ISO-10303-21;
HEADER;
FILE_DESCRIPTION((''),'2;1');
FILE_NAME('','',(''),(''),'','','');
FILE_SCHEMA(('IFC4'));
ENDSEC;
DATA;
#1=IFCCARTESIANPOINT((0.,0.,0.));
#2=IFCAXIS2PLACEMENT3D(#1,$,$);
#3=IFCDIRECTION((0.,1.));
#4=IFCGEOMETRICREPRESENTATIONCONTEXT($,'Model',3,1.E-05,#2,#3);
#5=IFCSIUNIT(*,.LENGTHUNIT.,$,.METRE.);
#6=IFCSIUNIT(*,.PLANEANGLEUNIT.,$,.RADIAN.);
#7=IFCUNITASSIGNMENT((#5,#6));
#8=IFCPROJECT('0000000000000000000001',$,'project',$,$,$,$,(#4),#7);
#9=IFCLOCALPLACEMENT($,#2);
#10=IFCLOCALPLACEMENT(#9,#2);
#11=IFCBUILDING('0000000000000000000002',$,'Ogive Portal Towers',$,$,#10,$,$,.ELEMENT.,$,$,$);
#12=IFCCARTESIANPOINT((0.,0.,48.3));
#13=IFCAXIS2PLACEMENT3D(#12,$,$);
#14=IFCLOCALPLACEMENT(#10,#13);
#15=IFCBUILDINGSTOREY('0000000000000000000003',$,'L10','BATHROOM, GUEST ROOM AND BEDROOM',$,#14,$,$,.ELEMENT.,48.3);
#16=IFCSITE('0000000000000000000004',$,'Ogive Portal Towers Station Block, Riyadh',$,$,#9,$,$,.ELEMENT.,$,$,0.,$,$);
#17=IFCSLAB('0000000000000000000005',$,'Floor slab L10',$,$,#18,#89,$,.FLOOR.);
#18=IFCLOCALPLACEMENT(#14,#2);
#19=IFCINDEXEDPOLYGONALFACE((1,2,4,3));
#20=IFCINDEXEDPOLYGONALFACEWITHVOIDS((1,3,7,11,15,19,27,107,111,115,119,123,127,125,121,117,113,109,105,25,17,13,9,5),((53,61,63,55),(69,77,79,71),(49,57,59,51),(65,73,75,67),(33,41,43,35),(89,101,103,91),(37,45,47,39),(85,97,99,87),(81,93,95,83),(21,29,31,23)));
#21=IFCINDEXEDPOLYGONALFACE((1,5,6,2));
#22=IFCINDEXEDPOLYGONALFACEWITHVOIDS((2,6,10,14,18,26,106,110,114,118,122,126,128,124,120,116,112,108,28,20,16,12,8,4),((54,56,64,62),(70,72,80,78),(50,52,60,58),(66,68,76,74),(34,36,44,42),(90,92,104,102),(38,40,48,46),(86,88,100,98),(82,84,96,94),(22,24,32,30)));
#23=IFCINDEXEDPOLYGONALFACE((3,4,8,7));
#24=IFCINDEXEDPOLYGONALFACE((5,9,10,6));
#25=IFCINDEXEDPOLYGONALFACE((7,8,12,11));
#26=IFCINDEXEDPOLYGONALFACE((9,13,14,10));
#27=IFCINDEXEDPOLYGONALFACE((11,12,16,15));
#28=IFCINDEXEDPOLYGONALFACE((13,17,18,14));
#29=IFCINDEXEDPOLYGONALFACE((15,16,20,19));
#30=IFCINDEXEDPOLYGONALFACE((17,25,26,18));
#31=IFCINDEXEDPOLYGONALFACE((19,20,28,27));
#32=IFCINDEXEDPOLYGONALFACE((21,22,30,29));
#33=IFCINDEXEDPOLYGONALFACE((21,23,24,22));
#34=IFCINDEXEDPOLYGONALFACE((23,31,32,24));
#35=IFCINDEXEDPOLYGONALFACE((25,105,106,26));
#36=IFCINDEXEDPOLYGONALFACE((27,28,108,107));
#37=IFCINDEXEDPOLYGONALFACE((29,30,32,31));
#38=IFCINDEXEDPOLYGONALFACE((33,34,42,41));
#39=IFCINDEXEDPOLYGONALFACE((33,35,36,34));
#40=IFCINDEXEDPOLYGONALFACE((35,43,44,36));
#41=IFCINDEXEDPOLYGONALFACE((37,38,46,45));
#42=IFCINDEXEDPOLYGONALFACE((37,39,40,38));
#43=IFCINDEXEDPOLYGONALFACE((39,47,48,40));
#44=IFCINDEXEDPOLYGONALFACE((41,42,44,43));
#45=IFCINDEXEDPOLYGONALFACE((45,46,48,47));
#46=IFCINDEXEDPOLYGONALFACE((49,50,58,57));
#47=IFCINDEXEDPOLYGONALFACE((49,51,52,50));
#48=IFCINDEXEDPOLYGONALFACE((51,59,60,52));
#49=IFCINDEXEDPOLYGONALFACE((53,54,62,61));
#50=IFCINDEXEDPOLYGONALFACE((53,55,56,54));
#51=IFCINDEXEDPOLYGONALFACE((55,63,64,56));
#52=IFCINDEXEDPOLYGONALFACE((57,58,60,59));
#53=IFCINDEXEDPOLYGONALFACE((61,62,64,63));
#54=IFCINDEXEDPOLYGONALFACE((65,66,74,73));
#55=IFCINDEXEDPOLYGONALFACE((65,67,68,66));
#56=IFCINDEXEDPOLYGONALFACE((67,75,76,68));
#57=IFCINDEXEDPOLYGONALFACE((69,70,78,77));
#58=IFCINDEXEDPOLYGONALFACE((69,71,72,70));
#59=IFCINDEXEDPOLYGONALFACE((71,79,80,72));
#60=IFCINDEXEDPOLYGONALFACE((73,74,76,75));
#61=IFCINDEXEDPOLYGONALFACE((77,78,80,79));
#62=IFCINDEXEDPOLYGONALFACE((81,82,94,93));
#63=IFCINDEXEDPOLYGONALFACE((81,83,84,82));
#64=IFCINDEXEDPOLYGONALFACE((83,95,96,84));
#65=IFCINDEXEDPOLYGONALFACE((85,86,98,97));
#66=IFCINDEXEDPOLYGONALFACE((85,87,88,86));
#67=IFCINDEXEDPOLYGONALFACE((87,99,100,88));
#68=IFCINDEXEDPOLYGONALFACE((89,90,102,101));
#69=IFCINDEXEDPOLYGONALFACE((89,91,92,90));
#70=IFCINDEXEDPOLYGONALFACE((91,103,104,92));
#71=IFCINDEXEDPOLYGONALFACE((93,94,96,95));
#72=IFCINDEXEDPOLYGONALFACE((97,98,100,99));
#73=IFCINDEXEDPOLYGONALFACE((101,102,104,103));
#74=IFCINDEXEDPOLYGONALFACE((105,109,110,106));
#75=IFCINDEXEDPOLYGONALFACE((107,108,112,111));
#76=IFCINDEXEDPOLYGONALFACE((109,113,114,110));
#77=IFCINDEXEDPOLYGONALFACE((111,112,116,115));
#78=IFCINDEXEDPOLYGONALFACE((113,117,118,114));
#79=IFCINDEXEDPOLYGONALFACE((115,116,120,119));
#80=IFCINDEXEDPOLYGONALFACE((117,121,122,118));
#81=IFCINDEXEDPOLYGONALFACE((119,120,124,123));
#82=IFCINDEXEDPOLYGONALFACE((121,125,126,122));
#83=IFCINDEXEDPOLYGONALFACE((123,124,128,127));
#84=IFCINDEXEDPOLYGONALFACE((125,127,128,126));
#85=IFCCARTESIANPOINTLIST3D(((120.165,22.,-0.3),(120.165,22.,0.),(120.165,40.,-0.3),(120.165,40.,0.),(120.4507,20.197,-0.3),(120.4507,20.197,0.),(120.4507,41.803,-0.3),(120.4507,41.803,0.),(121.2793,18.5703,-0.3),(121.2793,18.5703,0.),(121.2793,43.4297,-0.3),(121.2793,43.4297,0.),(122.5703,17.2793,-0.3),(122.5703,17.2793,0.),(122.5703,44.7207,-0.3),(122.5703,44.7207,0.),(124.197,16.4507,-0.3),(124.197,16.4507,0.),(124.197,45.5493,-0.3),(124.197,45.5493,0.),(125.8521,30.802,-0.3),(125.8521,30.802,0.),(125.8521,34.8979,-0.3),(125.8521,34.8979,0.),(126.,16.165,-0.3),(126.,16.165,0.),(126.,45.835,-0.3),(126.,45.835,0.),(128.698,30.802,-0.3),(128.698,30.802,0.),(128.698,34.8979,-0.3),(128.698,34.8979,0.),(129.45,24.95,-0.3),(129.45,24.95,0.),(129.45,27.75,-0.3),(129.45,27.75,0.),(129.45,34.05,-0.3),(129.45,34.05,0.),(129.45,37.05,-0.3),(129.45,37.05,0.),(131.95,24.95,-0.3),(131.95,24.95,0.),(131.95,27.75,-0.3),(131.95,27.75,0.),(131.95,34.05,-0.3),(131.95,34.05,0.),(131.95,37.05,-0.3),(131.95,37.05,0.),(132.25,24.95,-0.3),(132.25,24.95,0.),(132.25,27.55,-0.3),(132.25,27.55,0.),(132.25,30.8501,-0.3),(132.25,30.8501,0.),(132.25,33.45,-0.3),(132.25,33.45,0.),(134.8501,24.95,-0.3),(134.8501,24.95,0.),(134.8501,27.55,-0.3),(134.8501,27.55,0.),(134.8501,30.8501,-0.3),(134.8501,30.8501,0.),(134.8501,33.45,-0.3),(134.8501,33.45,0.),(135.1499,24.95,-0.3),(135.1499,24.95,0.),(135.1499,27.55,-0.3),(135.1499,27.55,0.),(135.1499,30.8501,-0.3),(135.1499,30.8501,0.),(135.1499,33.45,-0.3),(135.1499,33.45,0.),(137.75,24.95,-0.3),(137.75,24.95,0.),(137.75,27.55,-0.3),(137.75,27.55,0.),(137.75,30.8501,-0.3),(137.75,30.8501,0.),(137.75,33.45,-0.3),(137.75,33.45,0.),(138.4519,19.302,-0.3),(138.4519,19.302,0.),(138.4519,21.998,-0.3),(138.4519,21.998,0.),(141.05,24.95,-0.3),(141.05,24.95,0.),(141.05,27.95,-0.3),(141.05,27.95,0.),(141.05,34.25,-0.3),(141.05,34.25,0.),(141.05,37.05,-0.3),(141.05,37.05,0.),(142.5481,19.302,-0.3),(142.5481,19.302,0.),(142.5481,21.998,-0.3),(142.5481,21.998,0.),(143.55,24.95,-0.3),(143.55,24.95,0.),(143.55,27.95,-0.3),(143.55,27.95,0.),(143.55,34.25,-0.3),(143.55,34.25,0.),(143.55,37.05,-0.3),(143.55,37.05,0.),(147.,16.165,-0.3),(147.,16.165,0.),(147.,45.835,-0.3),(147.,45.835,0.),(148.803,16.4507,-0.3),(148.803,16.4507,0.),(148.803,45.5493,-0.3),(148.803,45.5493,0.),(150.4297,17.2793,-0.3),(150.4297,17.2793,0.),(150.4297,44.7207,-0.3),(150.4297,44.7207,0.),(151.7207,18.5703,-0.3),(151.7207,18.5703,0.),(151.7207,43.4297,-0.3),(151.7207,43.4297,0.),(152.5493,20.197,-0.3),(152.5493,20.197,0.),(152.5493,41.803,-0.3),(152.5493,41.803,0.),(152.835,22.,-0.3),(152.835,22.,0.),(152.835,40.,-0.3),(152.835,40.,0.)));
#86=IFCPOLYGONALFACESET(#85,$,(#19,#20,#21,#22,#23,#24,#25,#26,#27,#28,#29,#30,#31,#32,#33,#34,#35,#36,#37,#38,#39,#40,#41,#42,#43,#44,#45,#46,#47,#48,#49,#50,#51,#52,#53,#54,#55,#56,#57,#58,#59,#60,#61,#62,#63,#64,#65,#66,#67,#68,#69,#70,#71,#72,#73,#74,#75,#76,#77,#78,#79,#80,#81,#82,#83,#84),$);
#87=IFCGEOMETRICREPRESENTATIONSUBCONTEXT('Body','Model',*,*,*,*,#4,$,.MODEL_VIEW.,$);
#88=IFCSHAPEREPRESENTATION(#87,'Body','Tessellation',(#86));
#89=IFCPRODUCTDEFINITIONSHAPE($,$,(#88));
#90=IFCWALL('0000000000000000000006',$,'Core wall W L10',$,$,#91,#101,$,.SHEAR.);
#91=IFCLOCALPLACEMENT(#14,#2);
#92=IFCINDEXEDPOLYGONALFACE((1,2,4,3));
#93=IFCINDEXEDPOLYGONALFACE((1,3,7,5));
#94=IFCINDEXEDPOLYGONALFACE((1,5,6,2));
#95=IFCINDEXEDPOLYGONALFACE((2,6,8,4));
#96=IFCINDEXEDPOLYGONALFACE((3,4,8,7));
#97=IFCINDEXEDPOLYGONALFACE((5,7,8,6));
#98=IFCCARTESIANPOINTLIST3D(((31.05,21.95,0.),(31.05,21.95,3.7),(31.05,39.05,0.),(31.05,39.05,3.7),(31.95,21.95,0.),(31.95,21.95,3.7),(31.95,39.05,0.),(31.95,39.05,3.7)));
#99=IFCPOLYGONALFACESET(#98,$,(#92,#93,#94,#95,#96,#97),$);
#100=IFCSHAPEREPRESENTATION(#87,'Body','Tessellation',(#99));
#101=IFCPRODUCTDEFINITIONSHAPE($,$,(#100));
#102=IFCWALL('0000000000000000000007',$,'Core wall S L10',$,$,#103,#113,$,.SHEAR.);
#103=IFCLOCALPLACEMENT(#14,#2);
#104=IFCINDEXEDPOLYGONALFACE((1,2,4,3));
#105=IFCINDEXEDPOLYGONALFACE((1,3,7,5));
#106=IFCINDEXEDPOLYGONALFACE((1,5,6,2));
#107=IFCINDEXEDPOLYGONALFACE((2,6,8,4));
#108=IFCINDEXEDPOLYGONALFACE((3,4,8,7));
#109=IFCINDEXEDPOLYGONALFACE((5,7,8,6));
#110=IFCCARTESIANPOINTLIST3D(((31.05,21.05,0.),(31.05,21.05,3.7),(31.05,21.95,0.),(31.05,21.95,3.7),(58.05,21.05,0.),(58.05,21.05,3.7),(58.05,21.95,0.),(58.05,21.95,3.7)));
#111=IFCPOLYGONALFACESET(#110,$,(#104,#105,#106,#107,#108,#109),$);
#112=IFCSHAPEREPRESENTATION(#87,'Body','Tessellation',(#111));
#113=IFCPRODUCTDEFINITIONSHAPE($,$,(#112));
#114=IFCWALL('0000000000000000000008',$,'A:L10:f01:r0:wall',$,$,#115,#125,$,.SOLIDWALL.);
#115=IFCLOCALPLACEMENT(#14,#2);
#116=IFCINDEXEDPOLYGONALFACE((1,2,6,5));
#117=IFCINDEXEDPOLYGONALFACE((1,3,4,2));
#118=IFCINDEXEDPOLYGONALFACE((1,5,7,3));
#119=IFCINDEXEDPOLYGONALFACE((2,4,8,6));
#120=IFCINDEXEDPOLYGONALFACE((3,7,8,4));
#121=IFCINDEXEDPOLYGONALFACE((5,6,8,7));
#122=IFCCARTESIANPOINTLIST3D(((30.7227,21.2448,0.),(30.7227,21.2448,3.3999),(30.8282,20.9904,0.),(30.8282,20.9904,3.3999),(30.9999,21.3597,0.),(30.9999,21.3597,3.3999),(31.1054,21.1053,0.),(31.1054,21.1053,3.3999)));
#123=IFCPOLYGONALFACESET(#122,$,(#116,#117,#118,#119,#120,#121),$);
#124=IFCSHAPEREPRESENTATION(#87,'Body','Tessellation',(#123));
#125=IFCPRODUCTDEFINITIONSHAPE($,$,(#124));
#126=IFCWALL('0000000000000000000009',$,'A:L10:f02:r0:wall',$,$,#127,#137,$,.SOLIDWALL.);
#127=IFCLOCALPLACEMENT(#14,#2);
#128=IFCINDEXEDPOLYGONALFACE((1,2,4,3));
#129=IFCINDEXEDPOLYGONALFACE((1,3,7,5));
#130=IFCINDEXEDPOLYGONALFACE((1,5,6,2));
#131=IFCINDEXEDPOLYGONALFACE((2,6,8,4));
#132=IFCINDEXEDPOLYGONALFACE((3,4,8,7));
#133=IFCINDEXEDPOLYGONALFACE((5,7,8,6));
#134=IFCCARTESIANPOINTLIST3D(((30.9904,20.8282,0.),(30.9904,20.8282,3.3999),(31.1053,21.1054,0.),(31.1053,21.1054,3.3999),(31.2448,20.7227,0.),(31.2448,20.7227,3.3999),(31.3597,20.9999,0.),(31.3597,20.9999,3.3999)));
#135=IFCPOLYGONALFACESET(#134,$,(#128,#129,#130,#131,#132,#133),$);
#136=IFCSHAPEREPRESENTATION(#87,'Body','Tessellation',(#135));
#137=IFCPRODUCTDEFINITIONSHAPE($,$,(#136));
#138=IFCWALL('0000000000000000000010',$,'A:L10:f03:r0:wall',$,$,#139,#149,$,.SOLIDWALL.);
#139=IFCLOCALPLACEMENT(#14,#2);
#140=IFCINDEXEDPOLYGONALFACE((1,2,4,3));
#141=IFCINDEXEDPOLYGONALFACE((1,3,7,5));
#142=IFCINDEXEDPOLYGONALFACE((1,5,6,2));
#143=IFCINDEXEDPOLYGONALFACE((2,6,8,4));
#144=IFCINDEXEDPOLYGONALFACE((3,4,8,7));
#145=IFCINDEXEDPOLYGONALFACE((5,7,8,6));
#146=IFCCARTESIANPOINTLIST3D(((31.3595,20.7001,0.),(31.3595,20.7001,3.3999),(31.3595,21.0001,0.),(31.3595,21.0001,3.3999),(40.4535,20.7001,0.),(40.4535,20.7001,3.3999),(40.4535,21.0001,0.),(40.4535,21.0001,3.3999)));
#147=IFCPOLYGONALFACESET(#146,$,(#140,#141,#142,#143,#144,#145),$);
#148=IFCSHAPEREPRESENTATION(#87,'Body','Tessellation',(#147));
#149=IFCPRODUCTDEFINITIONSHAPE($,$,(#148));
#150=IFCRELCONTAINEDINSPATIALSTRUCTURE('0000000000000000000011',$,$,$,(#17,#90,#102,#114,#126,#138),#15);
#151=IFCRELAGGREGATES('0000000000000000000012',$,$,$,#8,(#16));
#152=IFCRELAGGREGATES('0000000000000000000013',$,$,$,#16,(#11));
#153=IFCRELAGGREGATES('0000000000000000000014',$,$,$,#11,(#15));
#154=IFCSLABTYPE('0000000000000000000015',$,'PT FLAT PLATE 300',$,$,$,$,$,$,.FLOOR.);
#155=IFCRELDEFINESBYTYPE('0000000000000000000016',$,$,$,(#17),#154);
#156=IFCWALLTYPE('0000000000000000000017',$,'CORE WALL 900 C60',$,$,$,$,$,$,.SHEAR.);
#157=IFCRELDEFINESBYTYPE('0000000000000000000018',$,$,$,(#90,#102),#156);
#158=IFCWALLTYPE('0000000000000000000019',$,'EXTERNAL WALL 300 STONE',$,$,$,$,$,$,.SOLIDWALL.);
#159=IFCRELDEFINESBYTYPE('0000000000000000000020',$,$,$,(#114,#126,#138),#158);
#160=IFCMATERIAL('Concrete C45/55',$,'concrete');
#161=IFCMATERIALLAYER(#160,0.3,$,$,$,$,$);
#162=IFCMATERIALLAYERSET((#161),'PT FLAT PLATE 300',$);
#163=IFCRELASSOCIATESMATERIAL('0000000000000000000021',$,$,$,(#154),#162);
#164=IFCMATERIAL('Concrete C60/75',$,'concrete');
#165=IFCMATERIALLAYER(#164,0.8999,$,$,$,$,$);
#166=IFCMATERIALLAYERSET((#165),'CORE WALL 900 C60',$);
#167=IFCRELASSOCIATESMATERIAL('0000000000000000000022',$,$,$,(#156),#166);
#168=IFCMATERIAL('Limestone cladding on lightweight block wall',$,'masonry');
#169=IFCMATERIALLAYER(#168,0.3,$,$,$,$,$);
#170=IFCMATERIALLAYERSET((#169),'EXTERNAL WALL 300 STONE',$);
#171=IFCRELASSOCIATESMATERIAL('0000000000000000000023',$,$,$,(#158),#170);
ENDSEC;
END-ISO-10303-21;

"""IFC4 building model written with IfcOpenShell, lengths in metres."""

from ifc_helpers import new_model, si_unit, direction, frame, frame_2d, origin, place, context, subcontext, project, spatial, polyline, rectangle, outline, extrude, material, layer, layer_set, type_object, element, save


model = new_model("IFC4")

# Units and contexts
model_context = context("Model", 3, precision=1e-05, world=origin(), true_north=direction((0.0, 1.0)))
body_context = subcontext(model_context, "Body", "Model", "MODEL_VIEW")
ifc_project = project(units=[si_unit("LENGTHUNIT", "METRE"), si_unit("PLANEANGLEUNIT", "RADIAN")], contexts=[model_context])

# Site, building, storey
site_placement = place(None, origin())
site = spatial("IfcSite", under=ifc_project, at=site_placement, Name="Ogive Portal Towers Station Block, Riyadh", CompositionType="ELEMENT", RefElevation=0.0)
building_placement = place(site_placement, origin())
building = spatial("IfcBuilding", under=site, at=building_placement, Name="Ogive Portal Towers", CompositionType="ELEMENT")
storey_placement = place(building_placement, frame((0.0, 0.0, 48.3)))
storey = spatial("IfcBuildingStorey", under=building, at=storey_placement, Name="L10", Description="BATHROOM, GUEST ROOM AND BEDROOM", CompositionType="ELEMENT", Elevation=48.3)

# Slab
ifc_material_1 = material(Name="Concrete C45/55", Category="concrete")
ifc_layer_1 = layer(ifc_material_1, 0.3)
ifc_layer_set_1 = layer_set([ifc_layer_1], Name="PT FLAT PLATE 300")
slab_type_1 = type_object("IfcSlabType", Name="PT FLAT PLATE 300", PredefinedType="FLOOR", material=ifc_layer_set_1)
slab_1_placement = place(storey_placement, frame((0.0, 0.0, -0.3)))
element("IfcSlab", 1, at=slab_1_placement, inside=storey, type_object=slab_type_1, Name="Floor slab L10", PredefinedType="FLOOR", context=body_context, shape_type="SweptSolid", body=[
    extrude(outline(polyline([(120.165, 40.0), (120.165, 22.0), (120.4507, 20.197), (121.2793, 18.5703), (122.5703, 17.2793), (124.197, 16.4507), (126.0, 16.165), (147.0, 16.165), (148.803, 16.4507), (150.4297, 17.2793), (151.7207, 18.5703), (152.5493, 20.197), (152.835, 22.0), (152.835, 40.0), (152.5493, 41.803), (151.7207, 43.4297), (150.4297, 44.7207), (148.803, 45.5493), (147.0, 45.835), (126.0, 45.835), (124.197, 45.5493), (122.5703, 44.7207), (121.2793, 43.4297), (120.4507, 41.803), (120.165, 40.0)]), holes=[polyline([(131.95, 27.75), (131.95, 24.95), (129.45, 24.95), (129.45, 27.75), (131.95, 27.75)]), polyline([(128.698, 34.8979), (128.698, 30.802), (125.8521, 30.802), (125.8521, 34.8979), (128.698, 34.8979)]), polyline([(131.95, 37.05), (131.95, 34.05), (129.45, 34.05), (129.45, 37.05), (131.95, 37.05)]), polyline([(138.4519, 21.998), (142.5481, 21.998), (142.5481, 19.302), (138.4519, 19.302), (138.4519, 21.998)]), polyline([(134.8501, 27.55), (134.8501, 24.95), (132.25, 24.95), (132.25, 27.55), (134.8501, 27.55)]), polyline([(137.75, 27.55), (137.75, 24.95), (135.1499, 24.95), (135.1499, 27.55), (137.75, 27.55)]), polyline([(143.55, 27.95), (143.55, 24.95), (141.05, 24.95), (141.05, 27.95), (143.55, 27.95)]), polyline([(134.8501, 33.45), (134.8501, 30.8501), (132.25, 30.8501), (132.25, 33.45), (134.8501, 33.45)]), polyline([(137.75, 33.45), (137.75, 30.8501), (135.1499, 30.8501), (135.1499, 33.45), (137.75, 33.45)]), polyline([(141.05, 37.05), (143.55, 37.05), (143.55, 34.25), (141.05, 34.25), (141.05, 37.05)])]), origin(), (0.0, 0.0, 1.0), 0.3),
])

# Walls
ifc_material_2 = material(Name="Concrete C60/75", Category="concrete")
ifc_layer_2 = layer(ifc_material_2, 0.8999)
ifc_layer_set_2 = layer_set([ifc_layer_2], Name="CORE WALL 900 C60")
wall_type_1 = type_object("IfcWallType", Name="CORE WALL 900 C60", PredefinedType="SHEAR", material=ifc_layer_set_2)
wall_1_placement = place(storey_placement, frame((31.5, 21.95, 0.0), z_axis=(0.0, 0.0, 1.0), x_axis=(0.0, 1.0, 0.0)))
element("IfcWall", 2, at=wall_1_placement, inside=storey, type_object=wall_type_1, Name="Core wall W L10", PredefinedType="SHEAR", context=body_context, shape_type="SweptSolid", body=[
    extrude(rectangle(XDim=17.1001, YDim=0.8999, at=frame_2d((8.55, 0.0))), origin(), (0.0, 0.0, 1.0), 3.7),
])
wall_2_placement = place(storey_placement, frame((31.05, 21.5, 0.0), z_axis=(0.0, 0.0, 1.0), x_axis=(1.0, 0.0, 0.0)))
element("IfcWall", 3, at=wall_2_placement, inside=storey, type_object=wall_type_1, Name="Core wall S L10", PredefinedType="SHEAR", context=body_context, shape_type="SweptSolid", body=[
    extrude(rectangle(XDim=27.0, YDim=0.8999, at=frame_2d((13.5, 0.0))), origin(), (0.0, 0.0, 1.0), 3.7),
])
ifc_material_3 = material(Name="Limestone cladding on lightweight block wall", Category="masonry")
ifc_layer_3 = layer(ifc_material_3, 0.3)
ifc_layer_set_3 = layer_set([ifc_layer_3], Name="EXTERNAL WALL 300 STONE")
wall_type_2 = type_object("IfcWallType", Name="EXTERNAL WALL 300 STONE", PredefinedType="SOLIDWALL", material=ifc_layer_set_3)
for number, where, z_axis, x_axis, name in (
    (4, (30.8613, 21.3022, 0.0), (0.0, 0.0, 1.0), (0.382978, -0.923757, 0.0), "A:L10:f01:r0:wall"),
    (5, (31.0479, 20.9668, 0.0), (0.0, 0.0, 1.0), (0.923757, -0.382978, 0.0), "A:L10:f02:r0:wall"),
):
    element("IfcWall", number, at=place(storey_placement, frame(where, z_axis=z_axis, x_axis=x_axis)), inside=storey, type_object=wall_type_2, Name=name, PredefinedType="SOLIDWALL", context=body_context, shape_type="SweptSolid", body=[
        extrude(rectangle(XDim=0.2754, YDim=0.3, at=frame_2d((0.1377, 0.0))), origin(), (0.0, 0.0, 1.0), 3.3999),
    ])
wall_3_placement = place(storey_placement, frame((31.3596, 20.8501, 0.0), z_axis=(0.0, 0.0, 1.0), x_axis=(1.0, 0.0, 0.0)))
element("IfcWall", 6, at=wall_3_placement, inside=storey, type_object=wall_type_2, Name="A:L10:f03:r0:wall", PredefinedType="SOLIDWALL", context=body_context, shape_type="SweptSolid", body=[
    extrude(rectangle(XDim=9.094, YDim=0.3, at=frame_2d((4.5469, 0.0))), origin(), (0.0, 0.0, 1.0), 3.3999),
])

save(model, "model.ifc")
